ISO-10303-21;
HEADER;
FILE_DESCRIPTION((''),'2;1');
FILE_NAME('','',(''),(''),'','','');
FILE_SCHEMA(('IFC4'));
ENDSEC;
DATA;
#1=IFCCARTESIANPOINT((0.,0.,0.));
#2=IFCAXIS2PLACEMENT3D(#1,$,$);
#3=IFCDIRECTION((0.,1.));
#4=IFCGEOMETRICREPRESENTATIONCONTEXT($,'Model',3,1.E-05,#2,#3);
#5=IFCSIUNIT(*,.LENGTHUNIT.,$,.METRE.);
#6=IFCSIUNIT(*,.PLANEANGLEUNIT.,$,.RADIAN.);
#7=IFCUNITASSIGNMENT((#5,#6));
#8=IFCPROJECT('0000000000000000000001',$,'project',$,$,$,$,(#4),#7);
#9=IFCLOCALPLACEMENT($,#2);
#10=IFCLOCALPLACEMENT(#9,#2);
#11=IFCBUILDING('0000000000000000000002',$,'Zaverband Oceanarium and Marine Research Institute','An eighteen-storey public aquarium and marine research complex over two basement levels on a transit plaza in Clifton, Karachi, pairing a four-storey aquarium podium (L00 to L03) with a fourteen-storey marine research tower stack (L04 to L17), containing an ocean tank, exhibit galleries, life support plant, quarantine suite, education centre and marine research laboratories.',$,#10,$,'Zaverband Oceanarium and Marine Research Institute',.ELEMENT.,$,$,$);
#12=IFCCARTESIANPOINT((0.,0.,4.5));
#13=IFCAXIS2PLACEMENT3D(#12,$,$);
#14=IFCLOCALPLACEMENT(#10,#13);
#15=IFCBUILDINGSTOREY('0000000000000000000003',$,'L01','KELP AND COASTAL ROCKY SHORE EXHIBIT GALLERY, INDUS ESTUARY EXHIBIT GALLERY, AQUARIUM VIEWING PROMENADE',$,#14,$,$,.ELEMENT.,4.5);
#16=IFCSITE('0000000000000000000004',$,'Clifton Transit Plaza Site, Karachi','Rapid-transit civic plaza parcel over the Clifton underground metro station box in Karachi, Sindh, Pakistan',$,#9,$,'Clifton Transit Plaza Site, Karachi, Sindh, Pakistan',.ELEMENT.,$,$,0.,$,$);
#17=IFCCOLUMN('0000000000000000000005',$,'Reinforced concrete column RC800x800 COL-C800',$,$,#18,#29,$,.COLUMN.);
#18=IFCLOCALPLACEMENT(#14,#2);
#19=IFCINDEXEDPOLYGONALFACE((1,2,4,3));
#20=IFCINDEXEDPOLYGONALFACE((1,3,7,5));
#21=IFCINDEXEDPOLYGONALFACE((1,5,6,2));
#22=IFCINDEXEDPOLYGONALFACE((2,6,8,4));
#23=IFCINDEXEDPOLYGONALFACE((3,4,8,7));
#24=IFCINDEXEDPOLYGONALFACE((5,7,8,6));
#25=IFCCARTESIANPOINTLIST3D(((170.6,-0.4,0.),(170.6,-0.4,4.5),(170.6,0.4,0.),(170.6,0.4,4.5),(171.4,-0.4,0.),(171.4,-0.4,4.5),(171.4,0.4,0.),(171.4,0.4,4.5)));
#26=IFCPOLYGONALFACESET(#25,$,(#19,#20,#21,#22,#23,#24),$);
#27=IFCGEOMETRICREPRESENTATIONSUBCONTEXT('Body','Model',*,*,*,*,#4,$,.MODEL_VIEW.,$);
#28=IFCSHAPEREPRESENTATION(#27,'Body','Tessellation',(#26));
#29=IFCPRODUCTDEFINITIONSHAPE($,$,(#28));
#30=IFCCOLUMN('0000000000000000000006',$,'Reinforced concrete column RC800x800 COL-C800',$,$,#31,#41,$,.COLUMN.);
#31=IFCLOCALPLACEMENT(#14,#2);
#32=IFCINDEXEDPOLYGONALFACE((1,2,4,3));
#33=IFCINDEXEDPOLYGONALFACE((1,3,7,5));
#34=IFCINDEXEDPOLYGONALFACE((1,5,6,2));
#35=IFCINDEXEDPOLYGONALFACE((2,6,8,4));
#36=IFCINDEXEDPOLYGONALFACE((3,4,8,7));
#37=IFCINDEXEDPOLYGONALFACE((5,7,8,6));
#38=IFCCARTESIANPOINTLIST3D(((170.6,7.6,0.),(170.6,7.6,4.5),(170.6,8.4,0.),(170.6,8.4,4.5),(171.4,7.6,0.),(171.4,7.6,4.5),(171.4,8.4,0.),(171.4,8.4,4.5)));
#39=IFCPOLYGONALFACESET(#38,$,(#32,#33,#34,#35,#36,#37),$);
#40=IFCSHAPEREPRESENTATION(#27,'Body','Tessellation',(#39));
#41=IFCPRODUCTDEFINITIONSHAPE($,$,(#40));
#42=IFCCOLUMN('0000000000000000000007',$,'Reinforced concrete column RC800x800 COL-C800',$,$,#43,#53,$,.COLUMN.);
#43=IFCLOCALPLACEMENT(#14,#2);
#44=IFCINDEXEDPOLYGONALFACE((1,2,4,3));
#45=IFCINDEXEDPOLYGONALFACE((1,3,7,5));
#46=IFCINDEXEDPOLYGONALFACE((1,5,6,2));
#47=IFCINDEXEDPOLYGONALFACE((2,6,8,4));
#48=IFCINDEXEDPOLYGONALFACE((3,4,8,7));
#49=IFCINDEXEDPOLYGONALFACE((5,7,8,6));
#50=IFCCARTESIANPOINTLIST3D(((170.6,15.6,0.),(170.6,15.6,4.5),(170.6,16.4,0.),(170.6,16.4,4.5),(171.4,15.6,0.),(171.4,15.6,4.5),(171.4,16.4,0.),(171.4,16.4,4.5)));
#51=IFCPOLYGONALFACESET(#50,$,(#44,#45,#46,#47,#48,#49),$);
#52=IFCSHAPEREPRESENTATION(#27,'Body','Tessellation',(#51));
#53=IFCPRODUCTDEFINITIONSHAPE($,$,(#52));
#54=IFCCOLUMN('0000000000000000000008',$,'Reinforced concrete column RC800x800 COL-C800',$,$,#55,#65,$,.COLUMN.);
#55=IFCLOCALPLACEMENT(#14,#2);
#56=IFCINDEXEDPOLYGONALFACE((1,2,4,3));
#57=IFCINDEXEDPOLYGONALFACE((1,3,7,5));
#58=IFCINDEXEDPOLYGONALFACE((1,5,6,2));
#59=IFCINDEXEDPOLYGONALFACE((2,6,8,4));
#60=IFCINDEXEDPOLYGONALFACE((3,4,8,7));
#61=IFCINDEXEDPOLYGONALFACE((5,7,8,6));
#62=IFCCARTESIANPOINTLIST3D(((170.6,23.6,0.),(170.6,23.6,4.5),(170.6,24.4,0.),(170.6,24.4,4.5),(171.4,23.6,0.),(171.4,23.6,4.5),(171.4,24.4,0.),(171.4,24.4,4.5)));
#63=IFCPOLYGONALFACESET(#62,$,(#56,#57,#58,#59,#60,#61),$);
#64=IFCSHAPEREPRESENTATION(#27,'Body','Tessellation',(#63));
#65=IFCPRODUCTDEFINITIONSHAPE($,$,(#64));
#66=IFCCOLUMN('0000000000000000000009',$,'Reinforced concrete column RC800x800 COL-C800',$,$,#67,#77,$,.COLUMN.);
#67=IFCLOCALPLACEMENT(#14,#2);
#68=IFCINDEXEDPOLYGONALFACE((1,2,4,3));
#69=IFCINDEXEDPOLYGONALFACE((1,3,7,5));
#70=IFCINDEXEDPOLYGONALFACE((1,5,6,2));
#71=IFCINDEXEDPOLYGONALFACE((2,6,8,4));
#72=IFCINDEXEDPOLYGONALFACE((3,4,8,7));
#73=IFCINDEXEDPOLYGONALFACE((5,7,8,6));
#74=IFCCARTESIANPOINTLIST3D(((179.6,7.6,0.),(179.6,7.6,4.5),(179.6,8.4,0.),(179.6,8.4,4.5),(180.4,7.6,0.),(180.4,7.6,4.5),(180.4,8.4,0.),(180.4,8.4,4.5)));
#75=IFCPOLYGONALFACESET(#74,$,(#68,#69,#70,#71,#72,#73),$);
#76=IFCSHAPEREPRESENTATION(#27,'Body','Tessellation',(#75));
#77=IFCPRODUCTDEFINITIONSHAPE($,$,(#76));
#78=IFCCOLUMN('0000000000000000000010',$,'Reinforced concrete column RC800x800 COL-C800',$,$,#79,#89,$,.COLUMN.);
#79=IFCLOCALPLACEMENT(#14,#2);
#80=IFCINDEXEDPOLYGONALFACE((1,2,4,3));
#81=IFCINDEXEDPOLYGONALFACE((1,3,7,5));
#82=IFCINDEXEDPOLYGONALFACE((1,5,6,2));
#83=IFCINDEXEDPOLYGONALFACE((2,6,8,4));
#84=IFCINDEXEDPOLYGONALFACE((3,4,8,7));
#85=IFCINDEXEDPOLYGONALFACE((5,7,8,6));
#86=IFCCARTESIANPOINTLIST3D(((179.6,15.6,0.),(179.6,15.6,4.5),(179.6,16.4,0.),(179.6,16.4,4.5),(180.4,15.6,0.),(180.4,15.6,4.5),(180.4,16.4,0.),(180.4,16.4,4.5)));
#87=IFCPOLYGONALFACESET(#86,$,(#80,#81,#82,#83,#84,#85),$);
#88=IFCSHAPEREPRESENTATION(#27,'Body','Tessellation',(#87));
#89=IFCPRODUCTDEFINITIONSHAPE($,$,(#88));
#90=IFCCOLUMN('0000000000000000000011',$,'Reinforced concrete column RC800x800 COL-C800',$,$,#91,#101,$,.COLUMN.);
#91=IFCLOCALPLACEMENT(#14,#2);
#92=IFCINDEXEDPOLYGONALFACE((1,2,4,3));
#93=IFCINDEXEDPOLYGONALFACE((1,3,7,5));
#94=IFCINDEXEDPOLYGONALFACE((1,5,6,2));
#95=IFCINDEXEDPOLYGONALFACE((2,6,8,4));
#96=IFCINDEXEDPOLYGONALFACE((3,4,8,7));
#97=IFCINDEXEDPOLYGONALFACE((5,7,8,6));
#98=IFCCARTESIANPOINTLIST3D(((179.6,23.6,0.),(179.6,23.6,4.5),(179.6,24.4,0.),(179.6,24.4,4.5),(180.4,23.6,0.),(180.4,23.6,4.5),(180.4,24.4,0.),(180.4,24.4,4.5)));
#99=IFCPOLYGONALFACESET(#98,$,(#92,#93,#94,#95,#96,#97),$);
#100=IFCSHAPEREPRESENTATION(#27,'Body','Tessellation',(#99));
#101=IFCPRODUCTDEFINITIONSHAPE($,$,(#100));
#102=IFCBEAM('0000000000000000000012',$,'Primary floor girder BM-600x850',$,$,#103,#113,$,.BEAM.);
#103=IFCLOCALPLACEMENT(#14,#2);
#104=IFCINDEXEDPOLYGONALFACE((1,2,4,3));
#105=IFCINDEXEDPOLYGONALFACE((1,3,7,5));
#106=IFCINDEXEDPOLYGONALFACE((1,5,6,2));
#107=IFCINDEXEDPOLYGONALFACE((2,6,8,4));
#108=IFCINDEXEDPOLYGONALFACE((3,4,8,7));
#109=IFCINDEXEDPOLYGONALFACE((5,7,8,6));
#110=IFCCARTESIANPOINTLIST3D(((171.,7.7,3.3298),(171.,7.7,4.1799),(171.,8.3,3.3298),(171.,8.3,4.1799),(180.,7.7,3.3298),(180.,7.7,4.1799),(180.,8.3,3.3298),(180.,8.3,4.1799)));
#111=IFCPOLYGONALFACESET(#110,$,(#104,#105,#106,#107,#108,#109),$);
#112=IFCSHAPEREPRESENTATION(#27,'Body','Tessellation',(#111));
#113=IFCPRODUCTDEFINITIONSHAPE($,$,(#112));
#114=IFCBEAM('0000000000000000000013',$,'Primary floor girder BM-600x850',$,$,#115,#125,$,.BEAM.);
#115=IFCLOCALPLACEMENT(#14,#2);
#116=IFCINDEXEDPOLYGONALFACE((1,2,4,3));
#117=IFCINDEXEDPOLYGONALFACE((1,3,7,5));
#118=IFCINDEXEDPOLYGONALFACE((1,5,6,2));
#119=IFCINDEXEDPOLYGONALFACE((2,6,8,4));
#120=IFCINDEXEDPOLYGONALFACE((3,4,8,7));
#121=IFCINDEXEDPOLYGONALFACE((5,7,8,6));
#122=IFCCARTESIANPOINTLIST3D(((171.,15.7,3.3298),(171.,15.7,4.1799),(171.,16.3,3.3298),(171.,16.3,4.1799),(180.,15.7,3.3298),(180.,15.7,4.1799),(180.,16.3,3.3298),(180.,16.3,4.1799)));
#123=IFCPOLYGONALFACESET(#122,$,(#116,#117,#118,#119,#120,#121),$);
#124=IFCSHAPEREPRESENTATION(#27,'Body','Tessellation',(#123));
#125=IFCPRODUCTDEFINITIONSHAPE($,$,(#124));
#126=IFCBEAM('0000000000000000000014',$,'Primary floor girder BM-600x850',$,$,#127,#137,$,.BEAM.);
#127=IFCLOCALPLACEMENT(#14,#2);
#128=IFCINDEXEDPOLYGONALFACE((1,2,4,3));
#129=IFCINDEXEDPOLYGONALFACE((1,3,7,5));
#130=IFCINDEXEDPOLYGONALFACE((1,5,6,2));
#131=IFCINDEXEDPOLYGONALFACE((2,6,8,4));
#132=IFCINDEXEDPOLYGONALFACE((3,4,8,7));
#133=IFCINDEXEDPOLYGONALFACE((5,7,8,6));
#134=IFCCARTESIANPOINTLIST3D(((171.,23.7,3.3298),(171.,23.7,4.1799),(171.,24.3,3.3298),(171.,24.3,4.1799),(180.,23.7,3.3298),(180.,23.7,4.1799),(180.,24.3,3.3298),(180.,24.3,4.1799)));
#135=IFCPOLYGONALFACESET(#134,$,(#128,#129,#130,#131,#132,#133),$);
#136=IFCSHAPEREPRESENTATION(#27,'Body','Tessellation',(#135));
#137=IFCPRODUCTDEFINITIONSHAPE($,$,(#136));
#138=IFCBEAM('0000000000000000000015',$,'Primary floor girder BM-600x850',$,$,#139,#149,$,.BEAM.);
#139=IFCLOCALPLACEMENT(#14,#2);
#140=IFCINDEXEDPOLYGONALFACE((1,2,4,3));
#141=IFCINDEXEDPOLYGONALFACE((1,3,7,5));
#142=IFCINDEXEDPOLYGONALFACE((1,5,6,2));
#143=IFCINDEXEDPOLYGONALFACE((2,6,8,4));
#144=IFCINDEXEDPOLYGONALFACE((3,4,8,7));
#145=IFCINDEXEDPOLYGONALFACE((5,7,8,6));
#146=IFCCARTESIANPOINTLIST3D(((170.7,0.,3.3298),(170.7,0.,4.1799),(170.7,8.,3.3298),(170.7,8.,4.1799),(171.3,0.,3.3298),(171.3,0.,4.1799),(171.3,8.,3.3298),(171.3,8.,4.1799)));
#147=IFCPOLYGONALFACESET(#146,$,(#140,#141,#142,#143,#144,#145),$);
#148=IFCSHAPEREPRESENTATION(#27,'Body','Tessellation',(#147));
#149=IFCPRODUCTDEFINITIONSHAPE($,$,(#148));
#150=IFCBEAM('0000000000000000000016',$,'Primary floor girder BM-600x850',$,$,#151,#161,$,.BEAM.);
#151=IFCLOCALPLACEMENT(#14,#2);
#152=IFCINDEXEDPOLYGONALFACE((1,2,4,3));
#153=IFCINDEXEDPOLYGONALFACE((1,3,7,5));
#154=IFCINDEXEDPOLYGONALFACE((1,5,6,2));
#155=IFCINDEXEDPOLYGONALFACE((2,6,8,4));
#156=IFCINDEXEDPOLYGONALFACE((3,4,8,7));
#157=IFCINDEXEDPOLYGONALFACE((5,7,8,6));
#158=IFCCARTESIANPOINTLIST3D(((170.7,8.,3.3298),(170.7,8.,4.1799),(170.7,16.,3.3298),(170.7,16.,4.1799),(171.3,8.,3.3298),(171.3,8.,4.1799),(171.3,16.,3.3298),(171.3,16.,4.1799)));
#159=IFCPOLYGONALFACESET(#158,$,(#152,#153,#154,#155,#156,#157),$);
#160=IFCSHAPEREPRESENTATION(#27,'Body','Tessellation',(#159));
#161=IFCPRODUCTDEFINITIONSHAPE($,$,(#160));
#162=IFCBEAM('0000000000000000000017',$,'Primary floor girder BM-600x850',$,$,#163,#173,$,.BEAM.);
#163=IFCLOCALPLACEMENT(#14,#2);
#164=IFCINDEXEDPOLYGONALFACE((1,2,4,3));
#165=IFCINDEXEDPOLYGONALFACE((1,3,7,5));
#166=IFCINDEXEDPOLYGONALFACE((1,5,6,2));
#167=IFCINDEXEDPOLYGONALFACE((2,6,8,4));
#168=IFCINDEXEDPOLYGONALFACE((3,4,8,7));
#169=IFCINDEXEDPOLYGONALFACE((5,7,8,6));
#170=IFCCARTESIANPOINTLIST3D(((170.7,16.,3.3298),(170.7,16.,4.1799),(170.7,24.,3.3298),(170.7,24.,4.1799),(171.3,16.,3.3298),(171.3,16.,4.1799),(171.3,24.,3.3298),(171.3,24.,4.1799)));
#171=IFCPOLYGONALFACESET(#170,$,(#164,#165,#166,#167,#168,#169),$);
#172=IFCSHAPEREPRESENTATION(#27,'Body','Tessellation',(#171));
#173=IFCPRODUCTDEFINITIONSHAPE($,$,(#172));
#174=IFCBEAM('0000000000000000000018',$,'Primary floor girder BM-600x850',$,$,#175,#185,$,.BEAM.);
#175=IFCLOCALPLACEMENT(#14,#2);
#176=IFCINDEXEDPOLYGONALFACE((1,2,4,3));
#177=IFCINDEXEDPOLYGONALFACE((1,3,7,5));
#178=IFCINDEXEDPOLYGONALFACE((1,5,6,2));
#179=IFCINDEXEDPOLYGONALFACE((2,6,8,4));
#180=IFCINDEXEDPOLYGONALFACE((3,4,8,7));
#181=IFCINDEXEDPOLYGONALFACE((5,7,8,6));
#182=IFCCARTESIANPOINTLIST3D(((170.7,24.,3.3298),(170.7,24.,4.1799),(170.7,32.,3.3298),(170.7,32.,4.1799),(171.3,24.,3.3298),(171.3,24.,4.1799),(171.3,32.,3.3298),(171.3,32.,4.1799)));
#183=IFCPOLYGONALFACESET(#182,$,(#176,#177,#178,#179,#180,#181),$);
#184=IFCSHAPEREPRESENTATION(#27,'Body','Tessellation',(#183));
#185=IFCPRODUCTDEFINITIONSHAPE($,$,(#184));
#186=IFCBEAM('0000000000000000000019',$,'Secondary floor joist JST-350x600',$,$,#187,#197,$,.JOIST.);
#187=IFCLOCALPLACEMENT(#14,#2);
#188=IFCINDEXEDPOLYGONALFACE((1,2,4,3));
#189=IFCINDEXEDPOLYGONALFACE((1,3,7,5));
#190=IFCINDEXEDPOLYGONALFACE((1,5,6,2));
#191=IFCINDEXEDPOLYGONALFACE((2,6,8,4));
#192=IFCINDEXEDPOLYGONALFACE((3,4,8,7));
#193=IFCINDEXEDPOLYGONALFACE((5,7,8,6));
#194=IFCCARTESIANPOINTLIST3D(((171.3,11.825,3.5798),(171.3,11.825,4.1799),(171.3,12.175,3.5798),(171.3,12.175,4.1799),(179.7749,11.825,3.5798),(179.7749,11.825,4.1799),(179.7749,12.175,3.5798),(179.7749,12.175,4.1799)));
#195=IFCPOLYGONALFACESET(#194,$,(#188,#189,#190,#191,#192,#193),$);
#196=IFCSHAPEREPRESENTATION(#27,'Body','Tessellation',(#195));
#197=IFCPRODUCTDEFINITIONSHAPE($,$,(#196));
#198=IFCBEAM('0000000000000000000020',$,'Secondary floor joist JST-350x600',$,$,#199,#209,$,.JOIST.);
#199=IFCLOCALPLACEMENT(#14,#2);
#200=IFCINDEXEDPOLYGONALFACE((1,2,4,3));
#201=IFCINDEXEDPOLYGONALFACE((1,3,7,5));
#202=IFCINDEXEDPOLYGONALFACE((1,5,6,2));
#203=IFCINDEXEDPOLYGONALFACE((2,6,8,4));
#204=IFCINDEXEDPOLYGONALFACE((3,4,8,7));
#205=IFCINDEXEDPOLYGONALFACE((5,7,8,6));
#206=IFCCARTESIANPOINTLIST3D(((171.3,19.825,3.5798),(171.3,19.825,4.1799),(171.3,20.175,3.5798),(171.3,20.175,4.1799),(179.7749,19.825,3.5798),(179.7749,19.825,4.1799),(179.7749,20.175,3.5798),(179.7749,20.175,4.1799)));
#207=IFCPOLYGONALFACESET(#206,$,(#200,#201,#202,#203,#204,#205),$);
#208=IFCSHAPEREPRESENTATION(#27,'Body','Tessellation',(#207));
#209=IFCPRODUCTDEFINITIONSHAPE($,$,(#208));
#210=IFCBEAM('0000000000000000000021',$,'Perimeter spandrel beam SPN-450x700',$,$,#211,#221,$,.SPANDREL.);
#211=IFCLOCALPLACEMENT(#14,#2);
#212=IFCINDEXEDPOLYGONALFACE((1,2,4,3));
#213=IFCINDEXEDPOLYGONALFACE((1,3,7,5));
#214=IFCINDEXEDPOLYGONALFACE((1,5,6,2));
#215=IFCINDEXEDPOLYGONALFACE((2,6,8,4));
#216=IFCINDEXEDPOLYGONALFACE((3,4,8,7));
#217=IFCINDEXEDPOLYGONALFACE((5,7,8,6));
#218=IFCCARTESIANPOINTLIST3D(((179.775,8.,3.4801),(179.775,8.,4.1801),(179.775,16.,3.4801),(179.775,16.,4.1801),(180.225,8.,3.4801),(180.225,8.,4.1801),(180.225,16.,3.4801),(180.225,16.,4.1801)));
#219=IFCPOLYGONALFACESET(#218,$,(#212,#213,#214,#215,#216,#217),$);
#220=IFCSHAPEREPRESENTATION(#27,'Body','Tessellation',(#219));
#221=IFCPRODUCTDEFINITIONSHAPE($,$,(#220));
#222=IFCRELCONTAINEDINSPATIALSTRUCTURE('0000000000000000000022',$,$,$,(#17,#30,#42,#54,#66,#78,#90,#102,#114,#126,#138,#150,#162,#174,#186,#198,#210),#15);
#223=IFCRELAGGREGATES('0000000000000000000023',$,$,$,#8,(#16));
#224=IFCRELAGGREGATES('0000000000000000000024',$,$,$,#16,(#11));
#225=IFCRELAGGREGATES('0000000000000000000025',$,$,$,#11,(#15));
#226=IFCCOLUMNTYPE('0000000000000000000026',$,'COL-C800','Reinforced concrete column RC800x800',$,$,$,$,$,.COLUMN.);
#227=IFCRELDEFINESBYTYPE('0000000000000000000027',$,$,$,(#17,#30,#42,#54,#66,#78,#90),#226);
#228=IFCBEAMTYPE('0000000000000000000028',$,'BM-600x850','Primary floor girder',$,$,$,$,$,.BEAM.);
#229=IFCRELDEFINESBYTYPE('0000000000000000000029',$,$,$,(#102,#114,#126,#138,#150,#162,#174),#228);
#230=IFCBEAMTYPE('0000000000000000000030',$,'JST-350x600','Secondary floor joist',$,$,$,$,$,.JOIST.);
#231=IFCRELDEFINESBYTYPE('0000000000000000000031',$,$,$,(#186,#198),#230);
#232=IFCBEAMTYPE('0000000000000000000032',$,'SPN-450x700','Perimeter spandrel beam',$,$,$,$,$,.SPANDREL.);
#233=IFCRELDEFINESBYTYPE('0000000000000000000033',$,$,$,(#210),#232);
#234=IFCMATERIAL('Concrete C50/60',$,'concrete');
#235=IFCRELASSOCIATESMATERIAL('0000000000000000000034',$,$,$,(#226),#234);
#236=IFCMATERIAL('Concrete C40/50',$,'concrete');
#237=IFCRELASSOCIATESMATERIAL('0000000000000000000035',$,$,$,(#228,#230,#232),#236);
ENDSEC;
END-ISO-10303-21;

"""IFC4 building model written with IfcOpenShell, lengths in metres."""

from ifc_helpers import new_model, si_unit, direction, frame, origin, origin_2d, place, context, subcontext, project, spatial, rectangle, extrude, material, material_profile, profile_set, type_object, element, save


model = new_model("IFC4")

# Units and contexts
model_context = context("Model", 3, precision=1e-05, world=origin(), true_north=direction((0.0, 1.0)))
body_context = subcontext(model_context, "Body", "Model", "MODEL_VIEW")
ifc_project = project(units=[si_unit("LENGTHUNIT", "METRE"), si_unit("PLANEANGLEUNIT", "RADIAN")], contexts=[model_context])

# Site, building, storey
site_placement = place(None, origin())
site = spatial("IfcSite", under=ifc_project, at=site_placement, Name="Clifton Transit Plaza Site, Karachi", Description="Rapid-transit civic plaza parcel over the Clifton underground metro station box in Karachi, Sindh, Pakistan", LongName="Clifton Transit Plaza Site, Karachi, Sindh, Pakistan", CompositionType="ELEMENT", RefElevation=0.0)
building_placement = place(site_placement, origin())
building = spatial("IfcBuilding", under=site, at=building_placement, Name="Zaverband Oceanarium and Marine Research Institute", Description="An eighteen-storey public aquarium and marine research complex over two basement levels on a transit plaza in Clifton, Karachi, pairing a four-storey aquarium podium (L00 to L03) with a fourteen-storey marine research tower stack (L04 to L17), containing an ocean tank, exhibit galleries, life support plant, quarantine suite, education centre and marine research laboratories.", LongName="Zaverband Oceanarium and Marine Research Institute", CompositionType="ELEMENT")
storey_placement = place(building_placement, frame((0.0, 0.0, 4.5)))
storey = spatial("IfcBuildingStorey", under=building, at=storey_placement, Name="L01", Description="KELP AND COASTAL ROCKY SHORE EXHIBIT GALLERY, INDUS ESTUARY EXHIBIT GALLERY, AQUARIUM VIEWING PROMENADE", CompositionType="ELEMENT", Elevation=4.5)

# Columns
ifc_material_1 = material(Name="Concrete C50/60", Category="concrete")
ifc_material_profile_1 = material_profile(ifc_material_1, rectangle(XDim=0.8, YDim=0.8, at=origin_2d()), Name="RC800x800")
ifc_profile_set_1 = profile_set([ifc_material_profile_1], Name="Concrete C50/60")
column_type = type_object("IfcColumnType", Name="COL-C800", Description="Reinforced concrete column RC800x800", PredefinedType="COLUMN", material=ifc_profile_set_1)
for number, where, z_axis, x_axis, name in (
    (1, (171.0, 0.0, 0.0), (0.0, 0.0, 1.0), (1.0, 0.0, 0.0), "Reinforced concrete column RC800x800 COL-C800"),
    (2, (171.0, 8.0, 0.0), (0.0, 0.0, 1.0), (1.0, 0.0, 0.0), "Reinforced concrete column RC800x800 COL-C800"),
    (3, (171.0, 16.0, 0.0), (0.0, 0.0, 1.0), (1.0, 0.0, 0.0), "Reinforced concrete column RC800x800 COL-C800"),
    (4, (171.0, 24.0, 0.0), (0.0, 0.0, 1.0), (1.0, 0.0, 0.0), "Reinforced concrete column RC800x800 COL-C800"),
    (5, (180.0, 8.0, 0.0), (0.0, 0.0, 1.0), (1.0, 0.0, 0.0), "Reinforced concrete column RC800x800 COL-C800"),
    (6, (180.0, 16.0, 0.0), (0.0, 0.0, 1.0), (1.0, 0.0, 0.0), "Reinforced concrete column RC800x800 COL-C800"),
    (7, (180.0, 24.0, 0.0), (0.0, 0.0, 1.0), (1.0, 0.0, 0.0), "Reinforced concrete column RC800x800 COL-C800"),
):
    element("IfcColumn", number, at=place(storey_placement, frame(where, z_axis=z_axis, x_axis=x_axis)), inside=storey, type_object=column_type, Name=name, PredefinedType="COLUMN", context=body_context, shape_type="SweptSolid", body=[
        extrude(rectangle(XDim=0.8, YDim=0.8, at=origin_2d()), origin(), (0.0, 0.0, 1.0), 4.5),
    ])

# Beams
ifc_material_2 = material(Name="Concrete C40/50", Category="concrete")
ifc_material_profile_2 = material_profile(ifc_material_2, rectangle(XDim=0.6001, YDim=0.8501, at=origin_2d()), Name="RC600x850")
ifc_profile_set_2 = profile_set([ifc_material_profile_2], Name="Concrete C40/50")
beam_type_1 = type_object("IfcBeamType", Name="BM-600x850", Description="Primary floor girder", PredefinedType="BEAM", material=ifc_profile_set_2)
for number, where, z_axis, x_axis, name in (
    (8, (171.0, 8.0, 3.7549), (1.0, 0.0, 0.0), (0.0, 1.0, 0.0), "Primary floor girder BM-600x850"),
    (9, (171.0, 16.0, 3.7549), (1.0, 0.0, 0.0), (0.0, 1.0, 0.0), "Primary floor girder BM-600x850"),
    (10, (171.0, 24.0, 3.7549), (1.0, 0.0, 0.0), (0.0, 1.0, 0.0), "Primary floor girder BM-600x850"),
):
    element("IfcBeam", number, at=place(storey_placement, frame(where, z_axis=z_axis, x_axis=x_axis)), inside=storey, type_object=beam_type_1, Name=name, PredefinedType="BEAM", context=body_context, shape_type="SweptSolid", body=[
        extrude(rectangle(XDim=0.6001, YDim=0.8501, at=origin_2d()), origin(), (0.0, 0.0, 1.0), 9.0),
    ])
for number, where, z_axis, x_axis, name in (
    (11, (171.0, 0.0, 3.7549), (0.0, 1.0, 0.0), (-1.0, 0.0, 0.0), "Primary floor girder BM-600x850"),
    (12, (171.0, 8.0, 3.7549), (0.0, 1.0, 0.0), (-1.0, 0.0, 0.0), "Primary floor girder BM-600x850"),
    (13, (171.0, 16.0, 3.7549), (0.0, 1.0, 0.0), (-1.0, 0.0, 0.0), "Primary floor girder BM-600x850"),
    (14, (171.0, 24.0, 3.7549), (0.0, 1.0, 0.0), (-1.0, 0.0, 0.0), "Primary floor girder BM-600x850"),
):
    element("IfcBeam", number, at=place(storey_placement, frame(where, z_axis=z_axis, x_axis=x_axis)), inside=storey, type_object=beam_type_1, Name=name, PredefinedType="BEAM", context=body_context, shape_type="SweptSolid", body=[
        extrude(rectangle(XDim=0.6001, YDim=0.8501, at=origin_2d()), origin(), (0.0, 0.0, 1.0), 8.0),
    ])
ifc_material_profile_3 = material_profile(ifc_material_2, rectangle(XDim=0.3501, YDim=0.6001, at=origin_2d()), Name="RC350x600")
ifc_profile_set_3 = profile_set([ifc_material_profile_3], Name="Concrete C40/50")
beam_type_2 = type_object("IfcBeamType", Name="JST-350x600", Description="Secondary floor joist", PredefinedType="JOIST", material=ifc_profile_set_3)
for number, where, z_axis, x_axis, name in (
    (15, (171.3, 12.0, 3.8799), (1.0, 0.0, 0.0), (0.0, 1.0, 0.0), "Secondary floor joist JST-350x600"),
    (16, (171.3, 20.0, 3.8799), (1.0, 0.0, 0.0), (0.0, 1.0, 0.0), "Secondary floor joist JST-350x600"),
):
    element("IfcBeam", number, at=place(storey_placement, frame(where, z_axis=z_axis, x_axis=x_axis)), inside=storey, type_object=beam_type_2, Name=name, PredefinedType="JOIST", context=body_context, shape_type="SweptSolid", body=[
        extrude(rectangle(XDim=0.3501, YDim=0.6001, at=origin_2d()), origin(), (0.0, 0.0, 1.0), 8.4749),
    ])
ifc_material_profile_4 = material_profile(ifc_material_2, rectangle(XDim=0.45, YDim=0.7, at=origin_2d()), Name="RC450x700")
ifc_profile_set_4 = profile_set([ifc_material_profile_4], Name="Concrete C40/50")
beam_type_3 = type_object("IfcBeamType", Name="SPN-450x700", Description="Perimeter spandrel beam", PredefinedType="SPANDREL", material=ifc_profile_set_4)
for number, where, z_axis, x_axis, name in (
    (17, (180.0, 8.0, 3.8301), (0.0, 1.0, 0.0), (-1.0, 0.0, 0.0), "Perimeter spandrel beam SPN-450x700"),
):
    element("IfcBeam", number, at=place(storey_placement, frame(where, z_axis=z_axis, x_axis=x_axis)), inside=storey, type_object=beam_type_3, Name=name, PredefinedType="SPANDREL", context=body_context, shape_type="SweptSolid", body=[
        extrude(rectangle(XDim=0.45, YDim=0.7, at=origin_2d()), origin(), (0.0, 0.0, 1.0), 8.0),
    ])

save(model, "model.ifc")
